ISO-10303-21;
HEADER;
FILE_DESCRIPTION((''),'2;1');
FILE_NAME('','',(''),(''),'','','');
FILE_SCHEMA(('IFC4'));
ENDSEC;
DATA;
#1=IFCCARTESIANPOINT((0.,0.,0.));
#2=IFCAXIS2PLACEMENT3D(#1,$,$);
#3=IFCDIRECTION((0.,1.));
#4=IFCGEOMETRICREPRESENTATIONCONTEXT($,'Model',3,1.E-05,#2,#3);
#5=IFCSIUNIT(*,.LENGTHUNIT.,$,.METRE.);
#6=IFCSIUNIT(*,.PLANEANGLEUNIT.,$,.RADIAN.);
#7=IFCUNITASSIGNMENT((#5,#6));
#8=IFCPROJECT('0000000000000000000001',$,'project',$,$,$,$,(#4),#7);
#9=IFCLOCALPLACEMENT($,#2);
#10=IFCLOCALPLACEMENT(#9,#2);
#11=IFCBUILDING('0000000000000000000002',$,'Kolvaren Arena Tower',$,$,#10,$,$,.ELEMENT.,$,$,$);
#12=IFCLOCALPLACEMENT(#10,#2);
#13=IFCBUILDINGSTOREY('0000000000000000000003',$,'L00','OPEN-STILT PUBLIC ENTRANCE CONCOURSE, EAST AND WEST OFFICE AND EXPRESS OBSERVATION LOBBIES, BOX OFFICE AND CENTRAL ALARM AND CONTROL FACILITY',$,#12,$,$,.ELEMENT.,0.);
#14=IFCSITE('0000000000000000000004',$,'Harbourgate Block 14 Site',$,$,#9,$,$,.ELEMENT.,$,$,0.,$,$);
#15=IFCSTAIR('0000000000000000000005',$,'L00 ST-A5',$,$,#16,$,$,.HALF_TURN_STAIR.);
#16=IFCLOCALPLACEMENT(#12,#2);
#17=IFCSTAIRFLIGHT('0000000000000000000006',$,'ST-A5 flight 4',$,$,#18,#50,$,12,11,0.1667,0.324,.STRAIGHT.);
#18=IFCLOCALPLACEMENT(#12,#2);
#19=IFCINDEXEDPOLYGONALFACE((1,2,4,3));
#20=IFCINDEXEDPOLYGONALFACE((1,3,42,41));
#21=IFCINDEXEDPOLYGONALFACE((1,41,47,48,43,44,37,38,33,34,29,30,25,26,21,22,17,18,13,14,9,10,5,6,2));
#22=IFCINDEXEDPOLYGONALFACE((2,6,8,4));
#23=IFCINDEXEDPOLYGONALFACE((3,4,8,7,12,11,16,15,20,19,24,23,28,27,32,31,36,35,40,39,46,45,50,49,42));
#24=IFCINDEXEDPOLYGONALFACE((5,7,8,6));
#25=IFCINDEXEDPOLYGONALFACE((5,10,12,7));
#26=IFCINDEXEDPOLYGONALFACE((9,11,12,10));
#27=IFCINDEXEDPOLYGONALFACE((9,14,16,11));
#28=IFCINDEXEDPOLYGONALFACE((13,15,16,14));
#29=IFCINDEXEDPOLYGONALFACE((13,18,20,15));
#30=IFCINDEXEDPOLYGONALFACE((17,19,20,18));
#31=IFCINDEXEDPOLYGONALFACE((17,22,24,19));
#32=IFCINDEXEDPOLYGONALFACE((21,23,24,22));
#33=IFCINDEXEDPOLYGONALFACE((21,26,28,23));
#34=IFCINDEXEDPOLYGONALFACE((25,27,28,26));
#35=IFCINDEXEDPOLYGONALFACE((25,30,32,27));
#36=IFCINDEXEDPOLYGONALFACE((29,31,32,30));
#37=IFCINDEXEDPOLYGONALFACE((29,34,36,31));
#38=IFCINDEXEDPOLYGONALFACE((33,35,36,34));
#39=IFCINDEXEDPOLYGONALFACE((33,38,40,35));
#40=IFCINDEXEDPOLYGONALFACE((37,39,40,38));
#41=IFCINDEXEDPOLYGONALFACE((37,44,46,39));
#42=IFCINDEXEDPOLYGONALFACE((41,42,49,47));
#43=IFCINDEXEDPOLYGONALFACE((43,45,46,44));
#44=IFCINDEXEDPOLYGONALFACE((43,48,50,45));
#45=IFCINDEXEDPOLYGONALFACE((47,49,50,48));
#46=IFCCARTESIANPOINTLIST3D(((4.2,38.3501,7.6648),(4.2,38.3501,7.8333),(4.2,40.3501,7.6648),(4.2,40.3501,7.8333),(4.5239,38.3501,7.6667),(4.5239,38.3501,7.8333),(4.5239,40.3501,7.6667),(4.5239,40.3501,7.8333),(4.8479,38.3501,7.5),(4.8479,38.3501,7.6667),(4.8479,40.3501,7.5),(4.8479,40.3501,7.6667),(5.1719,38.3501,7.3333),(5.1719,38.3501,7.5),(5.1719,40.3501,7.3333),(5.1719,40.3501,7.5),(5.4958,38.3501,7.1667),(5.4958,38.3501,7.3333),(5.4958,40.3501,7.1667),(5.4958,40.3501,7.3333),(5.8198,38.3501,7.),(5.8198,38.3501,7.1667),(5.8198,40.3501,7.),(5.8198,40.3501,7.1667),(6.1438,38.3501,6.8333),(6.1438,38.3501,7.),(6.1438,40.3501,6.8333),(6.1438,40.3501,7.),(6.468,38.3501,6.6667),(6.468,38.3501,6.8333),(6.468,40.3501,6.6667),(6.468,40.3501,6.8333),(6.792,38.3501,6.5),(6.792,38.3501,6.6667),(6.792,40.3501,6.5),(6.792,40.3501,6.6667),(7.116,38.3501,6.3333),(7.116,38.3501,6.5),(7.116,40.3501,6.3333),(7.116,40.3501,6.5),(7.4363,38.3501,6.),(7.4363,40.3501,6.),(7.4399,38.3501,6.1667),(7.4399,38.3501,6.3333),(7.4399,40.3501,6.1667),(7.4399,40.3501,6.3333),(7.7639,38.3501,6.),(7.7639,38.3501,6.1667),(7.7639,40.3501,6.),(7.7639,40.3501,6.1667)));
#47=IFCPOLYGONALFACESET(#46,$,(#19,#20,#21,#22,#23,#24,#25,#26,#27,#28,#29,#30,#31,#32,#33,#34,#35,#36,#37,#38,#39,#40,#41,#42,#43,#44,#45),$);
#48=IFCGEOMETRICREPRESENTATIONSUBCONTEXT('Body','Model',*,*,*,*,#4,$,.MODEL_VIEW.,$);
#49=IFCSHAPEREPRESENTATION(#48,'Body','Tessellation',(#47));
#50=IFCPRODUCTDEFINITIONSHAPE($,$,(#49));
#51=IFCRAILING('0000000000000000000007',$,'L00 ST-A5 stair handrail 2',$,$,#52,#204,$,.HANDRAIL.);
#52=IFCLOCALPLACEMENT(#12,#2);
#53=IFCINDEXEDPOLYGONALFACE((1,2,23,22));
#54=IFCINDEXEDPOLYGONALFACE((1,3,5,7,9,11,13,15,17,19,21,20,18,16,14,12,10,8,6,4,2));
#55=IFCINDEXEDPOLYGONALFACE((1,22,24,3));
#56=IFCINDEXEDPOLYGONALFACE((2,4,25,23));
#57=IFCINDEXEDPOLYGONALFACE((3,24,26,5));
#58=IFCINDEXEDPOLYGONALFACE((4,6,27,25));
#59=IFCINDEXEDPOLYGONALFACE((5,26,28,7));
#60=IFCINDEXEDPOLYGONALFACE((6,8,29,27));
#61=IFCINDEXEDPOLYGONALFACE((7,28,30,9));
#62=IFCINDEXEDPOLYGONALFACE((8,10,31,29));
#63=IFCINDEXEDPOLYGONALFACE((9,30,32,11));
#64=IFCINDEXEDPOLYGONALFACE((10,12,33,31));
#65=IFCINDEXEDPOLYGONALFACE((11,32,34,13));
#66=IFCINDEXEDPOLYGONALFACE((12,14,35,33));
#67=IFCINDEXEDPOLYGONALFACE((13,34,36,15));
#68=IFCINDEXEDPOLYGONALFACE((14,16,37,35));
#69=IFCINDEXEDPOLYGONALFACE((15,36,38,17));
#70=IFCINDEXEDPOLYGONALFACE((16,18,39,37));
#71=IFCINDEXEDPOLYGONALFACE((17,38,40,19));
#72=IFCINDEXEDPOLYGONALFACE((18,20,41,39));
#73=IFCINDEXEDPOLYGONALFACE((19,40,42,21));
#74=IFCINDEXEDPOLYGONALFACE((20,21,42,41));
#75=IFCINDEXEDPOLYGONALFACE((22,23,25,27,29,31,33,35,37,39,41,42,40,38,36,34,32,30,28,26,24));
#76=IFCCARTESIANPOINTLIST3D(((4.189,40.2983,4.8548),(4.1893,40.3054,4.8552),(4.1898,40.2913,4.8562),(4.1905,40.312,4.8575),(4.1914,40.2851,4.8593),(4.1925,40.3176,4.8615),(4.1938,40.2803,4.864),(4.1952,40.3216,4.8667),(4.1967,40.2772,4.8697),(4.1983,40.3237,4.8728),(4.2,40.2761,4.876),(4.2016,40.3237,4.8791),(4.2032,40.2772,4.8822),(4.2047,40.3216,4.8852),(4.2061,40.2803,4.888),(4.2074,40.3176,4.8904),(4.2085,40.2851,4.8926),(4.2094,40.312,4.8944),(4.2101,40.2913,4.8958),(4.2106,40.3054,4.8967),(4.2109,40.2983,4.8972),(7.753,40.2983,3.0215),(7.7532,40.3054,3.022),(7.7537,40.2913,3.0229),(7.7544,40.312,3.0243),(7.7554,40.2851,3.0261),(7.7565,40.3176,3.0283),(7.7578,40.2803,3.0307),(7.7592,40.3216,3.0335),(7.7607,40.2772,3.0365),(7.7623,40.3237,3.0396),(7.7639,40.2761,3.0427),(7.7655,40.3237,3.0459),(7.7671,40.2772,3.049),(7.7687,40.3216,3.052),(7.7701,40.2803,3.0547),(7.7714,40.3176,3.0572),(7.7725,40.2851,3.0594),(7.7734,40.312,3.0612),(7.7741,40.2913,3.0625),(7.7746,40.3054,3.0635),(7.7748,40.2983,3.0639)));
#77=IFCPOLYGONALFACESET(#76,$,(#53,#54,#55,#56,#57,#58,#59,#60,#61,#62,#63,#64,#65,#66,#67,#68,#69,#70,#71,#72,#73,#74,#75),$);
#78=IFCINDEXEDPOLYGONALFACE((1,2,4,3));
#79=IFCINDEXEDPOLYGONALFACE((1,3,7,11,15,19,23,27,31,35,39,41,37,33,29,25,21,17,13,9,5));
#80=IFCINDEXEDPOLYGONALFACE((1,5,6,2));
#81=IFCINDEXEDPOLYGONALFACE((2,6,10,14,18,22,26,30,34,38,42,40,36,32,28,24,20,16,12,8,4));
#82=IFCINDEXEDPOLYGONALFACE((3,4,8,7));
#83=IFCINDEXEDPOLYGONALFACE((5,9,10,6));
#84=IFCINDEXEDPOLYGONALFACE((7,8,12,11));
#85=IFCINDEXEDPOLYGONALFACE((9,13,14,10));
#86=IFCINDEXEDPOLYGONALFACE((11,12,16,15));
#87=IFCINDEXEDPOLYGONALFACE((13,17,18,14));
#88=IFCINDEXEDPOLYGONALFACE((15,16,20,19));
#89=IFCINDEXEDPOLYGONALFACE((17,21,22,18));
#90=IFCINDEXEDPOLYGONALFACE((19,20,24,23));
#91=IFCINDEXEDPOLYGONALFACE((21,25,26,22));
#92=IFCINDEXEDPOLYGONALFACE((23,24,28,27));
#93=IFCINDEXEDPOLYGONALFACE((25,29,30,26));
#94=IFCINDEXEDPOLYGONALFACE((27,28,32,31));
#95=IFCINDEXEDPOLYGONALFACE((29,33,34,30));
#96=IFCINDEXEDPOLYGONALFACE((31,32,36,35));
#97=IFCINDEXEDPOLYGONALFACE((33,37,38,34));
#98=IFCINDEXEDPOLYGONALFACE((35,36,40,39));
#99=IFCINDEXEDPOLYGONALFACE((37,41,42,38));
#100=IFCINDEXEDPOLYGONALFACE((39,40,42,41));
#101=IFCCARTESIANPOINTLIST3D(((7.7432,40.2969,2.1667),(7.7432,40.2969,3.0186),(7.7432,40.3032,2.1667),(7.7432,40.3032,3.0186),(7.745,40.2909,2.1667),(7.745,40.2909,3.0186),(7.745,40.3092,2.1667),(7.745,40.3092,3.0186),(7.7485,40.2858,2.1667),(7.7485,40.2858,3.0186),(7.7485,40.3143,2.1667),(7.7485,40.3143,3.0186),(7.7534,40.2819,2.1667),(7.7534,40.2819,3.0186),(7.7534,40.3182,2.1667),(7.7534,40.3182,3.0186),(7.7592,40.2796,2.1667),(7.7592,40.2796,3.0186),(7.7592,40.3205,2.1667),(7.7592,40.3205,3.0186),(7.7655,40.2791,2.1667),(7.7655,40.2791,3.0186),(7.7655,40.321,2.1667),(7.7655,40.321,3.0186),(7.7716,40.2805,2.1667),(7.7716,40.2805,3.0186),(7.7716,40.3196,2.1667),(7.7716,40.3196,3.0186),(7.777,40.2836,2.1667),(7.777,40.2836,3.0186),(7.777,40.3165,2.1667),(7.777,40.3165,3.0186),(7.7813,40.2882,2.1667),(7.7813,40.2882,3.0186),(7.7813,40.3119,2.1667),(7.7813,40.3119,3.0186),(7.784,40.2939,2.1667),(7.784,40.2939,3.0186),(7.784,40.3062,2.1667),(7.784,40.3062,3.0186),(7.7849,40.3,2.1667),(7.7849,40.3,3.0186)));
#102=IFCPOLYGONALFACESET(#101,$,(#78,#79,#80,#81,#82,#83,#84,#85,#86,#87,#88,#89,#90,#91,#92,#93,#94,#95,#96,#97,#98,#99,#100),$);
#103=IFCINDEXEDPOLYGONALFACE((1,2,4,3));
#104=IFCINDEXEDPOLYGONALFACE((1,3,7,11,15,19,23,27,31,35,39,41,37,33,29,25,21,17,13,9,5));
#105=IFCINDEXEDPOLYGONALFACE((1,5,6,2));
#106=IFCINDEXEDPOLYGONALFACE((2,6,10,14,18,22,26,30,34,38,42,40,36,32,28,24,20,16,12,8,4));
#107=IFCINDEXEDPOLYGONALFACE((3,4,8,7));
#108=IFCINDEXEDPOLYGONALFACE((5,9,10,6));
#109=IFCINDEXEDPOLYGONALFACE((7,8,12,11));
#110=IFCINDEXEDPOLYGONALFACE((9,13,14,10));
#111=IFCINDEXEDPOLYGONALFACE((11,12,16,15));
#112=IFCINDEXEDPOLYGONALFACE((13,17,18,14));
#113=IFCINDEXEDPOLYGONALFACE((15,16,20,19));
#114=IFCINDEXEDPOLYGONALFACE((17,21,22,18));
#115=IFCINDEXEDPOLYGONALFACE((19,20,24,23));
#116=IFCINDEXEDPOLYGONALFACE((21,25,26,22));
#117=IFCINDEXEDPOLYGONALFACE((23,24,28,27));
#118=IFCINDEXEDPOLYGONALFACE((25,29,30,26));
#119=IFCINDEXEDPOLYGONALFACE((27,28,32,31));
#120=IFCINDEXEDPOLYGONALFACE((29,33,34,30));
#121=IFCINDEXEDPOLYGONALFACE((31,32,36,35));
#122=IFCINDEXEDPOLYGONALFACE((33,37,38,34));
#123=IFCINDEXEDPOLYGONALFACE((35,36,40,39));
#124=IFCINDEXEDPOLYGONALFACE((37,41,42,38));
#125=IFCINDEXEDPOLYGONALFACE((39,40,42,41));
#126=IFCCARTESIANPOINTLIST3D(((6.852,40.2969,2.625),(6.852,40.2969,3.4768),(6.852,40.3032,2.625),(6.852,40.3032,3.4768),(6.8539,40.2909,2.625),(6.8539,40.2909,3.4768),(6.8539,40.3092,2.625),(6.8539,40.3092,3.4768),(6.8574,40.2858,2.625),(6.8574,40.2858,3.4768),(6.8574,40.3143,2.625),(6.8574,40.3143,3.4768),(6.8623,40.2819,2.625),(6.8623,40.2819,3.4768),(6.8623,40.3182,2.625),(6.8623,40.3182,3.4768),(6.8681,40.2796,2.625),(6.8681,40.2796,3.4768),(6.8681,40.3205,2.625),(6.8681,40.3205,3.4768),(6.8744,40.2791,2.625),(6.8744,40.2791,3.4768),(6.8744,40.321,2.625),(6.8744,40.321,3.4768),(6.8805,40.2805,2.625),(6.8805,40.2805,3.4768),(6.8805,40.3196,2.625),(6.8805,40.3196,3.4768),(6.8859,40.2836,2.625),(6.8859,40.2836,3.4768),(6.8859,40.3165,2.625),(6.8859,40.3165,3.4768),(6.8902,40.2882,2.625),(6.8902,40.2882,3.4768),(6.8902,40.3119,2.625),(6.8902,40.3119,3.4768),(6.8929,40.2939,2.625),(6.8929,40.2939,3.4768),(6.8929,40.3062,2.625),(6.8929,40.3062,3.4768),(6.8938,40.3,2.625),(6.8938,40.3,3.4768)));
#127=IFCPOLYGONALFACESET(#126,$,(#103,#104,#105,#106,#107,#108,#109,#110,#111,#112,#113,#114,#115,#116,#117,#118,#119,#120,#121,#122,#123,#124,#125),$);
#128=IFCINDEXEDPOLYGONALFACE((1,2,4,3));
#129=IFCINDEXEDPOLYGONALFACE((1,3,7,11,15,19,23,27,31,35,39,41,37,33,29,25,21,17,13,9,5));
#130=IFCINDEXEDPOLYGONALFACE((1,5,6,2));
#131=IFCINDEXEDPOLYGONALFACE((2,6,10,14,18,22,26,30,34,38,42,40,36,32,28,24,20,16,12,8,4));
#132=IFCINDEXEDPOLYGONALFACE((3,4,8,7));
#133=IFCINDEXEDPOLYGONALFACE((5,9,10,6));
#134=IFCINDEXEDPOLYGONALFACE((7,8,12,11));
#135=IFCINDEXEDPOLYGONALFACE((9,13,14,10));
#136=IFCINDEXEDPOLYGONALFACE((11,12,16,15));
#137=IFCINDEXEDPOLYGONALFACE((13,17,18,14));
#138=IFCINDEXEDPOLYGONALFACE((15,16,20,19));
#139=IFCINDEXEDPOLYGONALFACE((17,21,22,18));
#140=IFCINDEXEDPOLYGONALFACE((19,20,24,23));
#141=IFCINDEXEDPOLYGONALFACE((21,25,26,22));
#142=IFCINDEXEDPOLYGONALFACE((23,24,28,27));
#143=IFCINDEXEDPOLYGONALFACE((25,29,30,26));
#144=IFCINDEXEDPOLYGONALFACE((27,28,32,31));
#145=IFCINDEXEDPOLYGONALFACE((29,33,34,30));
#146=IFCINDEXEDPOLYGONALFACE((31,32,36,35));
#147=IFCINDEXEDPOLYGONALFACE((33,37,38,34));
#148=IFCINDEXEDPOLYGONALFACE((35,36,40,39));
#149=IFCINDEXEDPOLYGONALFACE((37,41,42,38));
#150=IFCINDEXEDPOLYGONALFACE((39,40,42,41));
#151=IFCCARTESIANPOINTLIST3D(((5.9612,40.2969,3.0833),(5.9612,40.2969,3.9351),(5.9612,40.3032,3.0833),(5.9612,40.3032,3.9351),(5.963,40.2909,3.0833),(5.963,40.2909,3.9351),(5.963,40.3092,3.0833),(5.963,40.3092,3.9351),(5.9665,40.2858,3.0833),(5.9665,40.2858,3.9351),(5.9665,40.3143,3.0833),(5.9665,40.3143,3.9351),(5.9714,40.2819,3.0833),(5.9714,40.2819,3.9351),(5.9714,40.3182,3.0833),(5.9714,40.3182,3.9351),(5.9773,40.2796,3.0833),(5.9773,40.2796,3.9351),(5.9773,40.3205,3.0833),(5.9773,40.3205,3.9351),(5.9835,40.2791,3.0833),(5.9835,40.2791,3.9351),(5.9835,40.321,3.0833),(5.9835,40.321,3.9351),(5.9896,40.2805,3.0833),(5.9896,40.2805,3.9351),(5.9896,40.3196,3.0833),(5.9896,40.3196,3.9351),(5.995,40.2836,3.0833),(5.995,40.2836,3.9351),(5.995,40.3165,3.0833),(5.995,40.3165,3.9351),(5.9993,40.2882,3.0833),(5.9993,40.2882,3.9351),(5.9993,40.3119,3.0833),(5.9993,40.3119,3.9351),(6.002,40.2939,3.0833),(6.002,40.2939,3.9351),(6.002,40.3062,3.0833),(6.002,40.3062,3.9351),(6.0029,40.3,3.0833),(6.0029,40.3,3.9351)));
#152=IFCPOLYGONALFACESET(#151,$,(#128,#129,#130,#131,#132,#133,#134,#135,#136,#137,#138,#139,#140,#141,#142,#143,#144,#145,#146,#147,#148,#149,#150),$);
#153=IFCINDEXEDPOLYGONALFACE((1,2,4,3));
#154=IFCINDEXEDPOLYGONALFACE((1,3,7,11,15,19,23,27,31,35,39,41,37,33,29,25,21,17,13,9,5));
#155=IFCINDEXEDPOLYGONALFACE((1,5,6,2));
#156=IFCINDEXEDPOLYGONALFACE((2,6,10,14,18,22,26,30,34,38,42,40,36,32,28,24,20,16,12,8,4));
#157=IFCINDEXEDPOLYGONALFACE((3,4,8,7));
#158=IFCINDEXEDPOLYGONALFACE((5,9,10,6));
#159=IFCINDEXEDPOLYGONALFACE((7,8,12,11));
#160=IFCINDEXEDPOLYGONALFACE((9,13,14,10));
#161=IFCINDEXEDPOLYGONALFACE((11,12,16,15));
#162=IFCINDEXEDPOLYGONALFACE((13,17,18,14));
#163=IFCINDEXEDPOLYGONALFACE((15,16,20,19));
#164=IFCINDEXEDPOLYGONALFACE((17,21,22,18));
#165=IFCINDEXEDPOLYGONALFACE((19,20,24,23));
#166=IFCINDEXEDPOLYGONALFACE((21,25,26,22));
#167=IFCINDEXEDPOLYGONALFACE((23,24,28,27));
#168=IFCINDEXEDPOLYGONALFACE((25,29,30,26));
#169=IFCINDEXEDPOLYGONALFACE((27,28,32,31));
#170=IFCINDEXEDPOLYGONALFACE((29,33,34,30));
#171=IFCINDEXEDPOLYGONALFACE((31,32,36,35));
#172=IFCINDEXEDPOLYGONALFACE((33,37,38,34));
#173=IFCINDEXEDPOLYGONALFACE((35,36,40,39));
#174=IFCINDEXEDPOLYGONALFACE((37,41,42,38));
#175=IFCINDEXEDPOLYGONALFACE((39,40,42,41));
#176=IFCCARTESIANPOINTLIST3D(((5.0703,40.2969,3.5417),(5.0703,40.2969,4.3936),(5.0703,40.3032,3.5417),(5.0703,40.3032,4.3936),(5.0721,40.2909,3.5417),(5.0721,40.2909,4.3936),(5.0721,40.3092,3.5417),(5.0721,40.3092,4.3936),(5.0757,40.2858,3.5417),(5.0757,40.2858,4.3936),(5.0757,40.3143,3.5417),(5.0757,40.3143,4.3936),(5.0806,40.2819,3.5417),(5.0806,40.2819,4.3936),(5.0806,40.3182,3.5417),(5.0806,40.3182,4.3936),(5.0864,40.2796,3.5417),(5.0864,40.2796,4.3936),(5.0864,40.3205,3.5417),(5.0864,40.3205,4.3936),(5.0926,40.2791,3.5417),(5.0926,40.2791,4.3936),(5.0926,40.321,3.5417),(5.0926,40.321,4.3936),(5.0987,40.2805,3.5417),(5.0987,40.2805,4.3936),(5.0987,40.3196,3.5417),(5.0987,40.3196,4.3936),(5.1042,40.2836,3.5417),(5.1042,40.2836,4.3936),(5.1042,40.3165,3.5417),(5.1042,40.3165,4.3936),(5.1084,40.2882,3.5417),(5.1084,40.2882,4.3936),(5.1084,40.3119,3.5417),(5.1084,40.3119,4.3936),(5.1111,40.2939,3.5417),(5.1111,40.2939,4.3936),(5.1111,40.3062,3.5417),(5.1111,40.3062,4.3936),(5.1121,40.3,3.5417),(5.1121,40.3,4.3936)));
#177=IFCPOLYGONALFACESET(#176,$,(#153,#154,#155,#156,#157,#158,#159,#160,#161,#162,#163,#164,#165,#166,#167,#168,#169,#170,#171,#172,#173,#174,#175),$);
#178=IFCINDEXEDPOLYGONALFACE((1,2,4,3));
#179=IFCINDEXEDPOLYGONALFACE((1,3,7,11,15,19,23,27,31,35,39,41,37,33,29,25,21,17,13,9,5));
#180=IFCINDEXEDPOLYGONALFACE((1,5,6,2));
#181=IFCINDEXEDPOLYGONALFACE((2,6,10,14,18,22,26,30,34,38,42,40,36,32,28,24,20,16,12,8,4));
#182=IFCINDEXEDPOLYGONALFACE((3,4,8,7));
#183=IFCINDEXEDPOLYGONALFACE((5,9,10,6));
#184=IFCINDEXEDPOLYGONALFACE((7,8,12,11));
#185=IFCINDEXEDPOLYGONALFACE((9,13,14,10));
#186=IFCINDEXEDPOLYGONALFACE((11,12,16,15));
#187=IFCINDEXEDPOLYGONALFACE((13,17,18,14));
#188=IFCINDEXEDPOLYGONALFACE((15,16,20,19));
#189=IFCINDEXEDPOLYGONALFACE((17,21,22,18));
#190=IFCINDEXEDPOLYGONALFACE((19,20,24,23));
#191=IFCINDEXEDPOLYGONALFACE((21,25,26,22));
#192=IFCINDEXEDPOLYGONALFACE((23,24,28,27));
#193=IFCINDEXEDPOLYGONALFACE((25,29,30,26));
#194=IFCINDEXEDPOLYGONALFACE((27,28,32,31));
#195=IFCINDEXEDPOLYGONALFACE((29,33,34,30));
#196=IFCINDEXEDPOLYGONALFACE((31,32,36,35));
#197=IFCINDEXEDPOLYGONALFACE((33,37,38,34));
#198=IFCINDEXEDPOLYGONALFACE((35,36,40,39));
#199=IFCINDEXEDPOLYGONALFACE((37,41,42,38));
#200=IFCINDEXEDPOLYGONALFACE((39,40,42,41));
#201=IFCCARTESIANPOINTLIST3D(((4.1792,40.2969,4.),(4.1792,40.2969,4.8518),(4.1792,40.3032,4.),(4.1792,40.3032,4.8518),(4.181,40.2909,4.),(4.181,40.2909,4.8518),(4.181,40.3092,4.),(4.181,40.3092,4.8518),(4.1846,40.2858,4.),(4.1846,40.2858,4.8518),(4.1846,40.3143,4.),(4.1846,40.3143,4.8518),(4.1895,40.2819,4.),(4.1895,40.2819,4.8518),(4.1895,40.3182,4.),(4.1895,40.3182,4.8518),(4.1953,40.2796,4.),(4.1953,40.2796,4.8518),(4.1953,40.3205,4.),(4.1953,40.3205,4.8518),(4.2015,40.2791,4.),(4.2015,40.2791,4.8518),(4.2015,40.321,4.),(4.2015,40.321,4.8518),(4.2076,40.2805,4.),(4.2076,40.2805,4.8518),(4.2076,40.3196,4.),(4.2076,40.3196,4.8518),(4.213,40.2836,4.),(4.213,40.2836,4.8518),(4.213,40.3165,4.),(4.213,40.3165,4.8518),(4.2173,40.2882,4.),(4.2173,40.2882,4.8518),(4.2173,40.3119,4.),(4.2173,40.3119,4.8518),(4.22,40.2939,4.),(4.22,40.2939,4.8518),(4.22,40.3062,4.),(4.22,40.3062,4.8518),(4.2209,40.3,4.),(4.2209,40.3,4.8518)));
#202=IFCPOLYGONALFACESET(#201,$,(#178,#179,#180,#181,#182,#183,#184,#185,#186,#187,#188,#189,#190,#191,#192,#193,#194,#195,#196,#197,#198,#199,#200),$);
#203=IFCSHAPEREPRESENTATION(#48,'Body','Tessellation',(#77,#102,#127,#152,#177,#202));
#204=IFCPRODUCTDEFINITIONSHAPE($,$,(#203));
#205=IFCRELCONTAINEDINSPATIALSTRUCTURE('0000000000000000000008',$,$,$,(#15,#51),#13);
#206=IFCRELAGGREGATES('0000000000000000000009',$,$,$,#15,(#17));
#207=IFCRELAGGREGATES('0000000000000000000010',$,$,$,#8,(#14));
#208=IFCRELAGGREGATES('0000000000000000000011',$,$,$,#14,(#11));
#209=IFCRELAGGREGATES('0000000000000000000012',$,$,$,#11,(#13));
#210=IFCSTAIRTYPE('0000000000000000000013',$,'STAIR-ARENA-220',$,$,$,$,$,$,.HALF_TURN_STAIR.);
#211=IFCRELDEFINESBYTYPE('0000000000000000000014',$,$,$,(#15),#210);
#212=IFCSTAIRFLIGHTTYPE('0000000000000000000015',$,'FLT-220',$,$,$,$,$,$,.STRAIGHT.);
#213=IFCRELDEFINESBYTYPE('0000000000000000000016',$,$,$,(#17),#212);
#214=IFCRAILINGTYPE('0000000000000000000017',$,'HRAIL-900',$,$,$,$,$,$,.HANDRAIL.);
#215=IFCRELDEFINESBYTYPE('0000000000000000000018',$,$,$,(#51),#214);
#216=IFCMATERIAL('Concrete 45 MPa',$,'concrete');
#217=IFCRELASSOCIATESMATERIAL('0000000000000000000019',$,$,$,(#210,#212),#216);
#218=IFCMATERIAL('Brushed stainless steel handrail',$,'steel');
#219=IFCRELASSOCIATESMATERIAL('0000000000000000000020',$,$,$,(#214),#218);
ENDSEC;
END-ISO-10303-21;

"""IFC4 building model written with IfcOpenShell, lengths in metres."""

from ifc_helpers import new_model, si_unit, direction, frame, origin, origin_2d, place, context, subcontext, project, spatial, polyline, circle, outline, extrude, material, type_object, element, aggregate, save


model = new_model("IFC4")

# Units and contexts
model_context = context("Model", 3, precision=1e-05, world=origin(), true_north=direction((0.0, 1.0)))
body_context = subcontext(model_context, "Body", "Model", "MODEL_VIEW")
ifc_project = project(units=[si_unit("LENGTHUNIT", "METRE"), si_unit("PLANEANGLEUNIT", "RADIAN")], contexts=[model_context])

# Site, building, storey
site_placement = place(None, origin())
site = spatial("IfcSite", under=ifc_project, at=site_placement, Name="Harbourgate Block 14 Site", CompositionType="ELEMENT", RefElevation=0.0)
building_placement = place(site_placement, origin())
building = spatial("IfcBuilding", under=site, at=building_placement, Name="Kolvaren Arena Tower", CompositionType="ELEMENT")
storey_placement = place(building_placement, origin())
storey = spatial("IfcBuildingStorey", under=building, at=storey_placement, Name="L00", Description="OPEN-STILT PUBLIC ENTRANCE CONCOURSE, EAST AND WEST OFFICE AND EXPRESS OBSERVATION LOBBIES, BOX OFFICE AND CENTRAL ALARM AND CONTROL FACILITY", CompositionType="ELEMENT", Elevation=0.0)

# Shared definitions
ifc_material_1 = material(Name="Concrete 45 MPa", Category="concrete")

# Stair, stair flight
stair_type = type_object("IfcStairType", Name="STAIR-ARENA-220", PredefinedType="HALF_TURN_STAIR", material=ifc_material_1)
stair_placement = place(storey_placement, origin())
stair = element("IfcStair", 1, at=stair_placement, inside=storey, type_object=stair_type, Name="L00 ST-A5", PredefinedType="HALF_TURN_STAIR")
stair_flight_type = type_object("IfcStairFlightType", Name="FLT-220", PredefinedType="STRAIGHT", material=ifc_material_1)
stair_flight_1_placement = place(storey_placement, frame((7.7639, 39.3501, 6.0), z_axis=(0.0, 0.0, 1.0), x_axis=(-1.0, 0.0, 0.0)))
stair_flight_1 = element("IfcStairFlight", 2, at=stair_flight_1_placement, type_object=stair_flight_type, Name="ST-A5 flight 4", NumberOfRisers=12, NumberOfTreads=11, PredefinedType="STRAIGHT", RiserHeight=0.1667, TreadLength=0.324, context=body_context, shape_type="SweptSolid", body=[
    extrude(outline(polyline([(0.0, 0.0), (0.0, 0.1667), (0.324, 0.1667), (0.324, 0.3333), (0.6479, 0.3333), (0.6479, 0.5), (0.9719, 0.5), (0.9719, 0.6667), (1.2959, 0.6667), (1.2959, 0.8333), (1.6201, 0.8333), (1.6201, 1.0), (1.9441, 1.0), (1.9441, 1.1667), (2.2681, 1.1667), (2.2681, 1.3333), (2.592, 1.3333), (2.592, 1.5), (2.916, 1.5), (2.916, 1.6667), (3.24, 1.6667), (3.24, 1.8333), (3.564, 1.8333), (3.564, 2.0), (3.564, 1.6648), (0.3276, 0.0), (0.0, 0.0)])), frame((0.0, 1.0, 0.0), z_axis=(0.0, -1.0, 0.0), x_axis=(1.0, 0.0, 0.0)), (0.0, 0.0, 1.0), 2.0),
])
aggregate(stair, [stair_flight_1])

# Railing
ifc_material_2 = material(Name="Brushed stainless steel handrail", Category="steel")
railing_type = type_object("IfcRailingType", Name="HRAIL-900", PredefinedType="HANDRAIL", material=ifc_material_2)
for number, where, name in (
    (3, (7.7639, 40.3, 2.1667), "L00 ST-A5 stair handrail 2"),
):
    element("IfcRailing", number, at=place(storey_placement, frame(where)), inside=storey, type_object=railing_type, Name=name, PredefinedType="HANDRAIL", context=body_context, shape_type="SweptSolid", body=[
        extrude(circle(Radius=0.0239, at=origin_2d()), frame((0.0, 0.0, 0.876), z_axis=(-0.889252, 0.0, 0.457418), x_axis=(0.0, -1.0, 0.0)), (0.0, 0.0, 1.0), 4.0078),
        extrude(circle(Radius=0.021, at=origin_2d()), origin(), (0.0, 0.0, 1.0), 0.8518),
        extrude(circle(Radius=0.021, at=origin_2d()), frame((-0.8911, 0.0, 0.4583)), (0.0, 0.0, 1.0), 0.8518),
        extrude(circle(Radius=0.021, at=origin_2d()), frame((-1.782, 0.0, 0.9165)), (0.0, 0.0, 1.0), 0.8518),
        extrude(circle(Radius=0.021, at=origin_2d()), frame((-2.6729, 0.0, 1.375)), (0.0, 0.0, 1.0), 0.8518),
        extrude(circle(Radius=0.021, at=origin_2d()), frame((-3.564, 0.0, 1.8333)), (0.0, 0.0, 1.0), 0.8518),
    ])

save(model, "model.ifc")
